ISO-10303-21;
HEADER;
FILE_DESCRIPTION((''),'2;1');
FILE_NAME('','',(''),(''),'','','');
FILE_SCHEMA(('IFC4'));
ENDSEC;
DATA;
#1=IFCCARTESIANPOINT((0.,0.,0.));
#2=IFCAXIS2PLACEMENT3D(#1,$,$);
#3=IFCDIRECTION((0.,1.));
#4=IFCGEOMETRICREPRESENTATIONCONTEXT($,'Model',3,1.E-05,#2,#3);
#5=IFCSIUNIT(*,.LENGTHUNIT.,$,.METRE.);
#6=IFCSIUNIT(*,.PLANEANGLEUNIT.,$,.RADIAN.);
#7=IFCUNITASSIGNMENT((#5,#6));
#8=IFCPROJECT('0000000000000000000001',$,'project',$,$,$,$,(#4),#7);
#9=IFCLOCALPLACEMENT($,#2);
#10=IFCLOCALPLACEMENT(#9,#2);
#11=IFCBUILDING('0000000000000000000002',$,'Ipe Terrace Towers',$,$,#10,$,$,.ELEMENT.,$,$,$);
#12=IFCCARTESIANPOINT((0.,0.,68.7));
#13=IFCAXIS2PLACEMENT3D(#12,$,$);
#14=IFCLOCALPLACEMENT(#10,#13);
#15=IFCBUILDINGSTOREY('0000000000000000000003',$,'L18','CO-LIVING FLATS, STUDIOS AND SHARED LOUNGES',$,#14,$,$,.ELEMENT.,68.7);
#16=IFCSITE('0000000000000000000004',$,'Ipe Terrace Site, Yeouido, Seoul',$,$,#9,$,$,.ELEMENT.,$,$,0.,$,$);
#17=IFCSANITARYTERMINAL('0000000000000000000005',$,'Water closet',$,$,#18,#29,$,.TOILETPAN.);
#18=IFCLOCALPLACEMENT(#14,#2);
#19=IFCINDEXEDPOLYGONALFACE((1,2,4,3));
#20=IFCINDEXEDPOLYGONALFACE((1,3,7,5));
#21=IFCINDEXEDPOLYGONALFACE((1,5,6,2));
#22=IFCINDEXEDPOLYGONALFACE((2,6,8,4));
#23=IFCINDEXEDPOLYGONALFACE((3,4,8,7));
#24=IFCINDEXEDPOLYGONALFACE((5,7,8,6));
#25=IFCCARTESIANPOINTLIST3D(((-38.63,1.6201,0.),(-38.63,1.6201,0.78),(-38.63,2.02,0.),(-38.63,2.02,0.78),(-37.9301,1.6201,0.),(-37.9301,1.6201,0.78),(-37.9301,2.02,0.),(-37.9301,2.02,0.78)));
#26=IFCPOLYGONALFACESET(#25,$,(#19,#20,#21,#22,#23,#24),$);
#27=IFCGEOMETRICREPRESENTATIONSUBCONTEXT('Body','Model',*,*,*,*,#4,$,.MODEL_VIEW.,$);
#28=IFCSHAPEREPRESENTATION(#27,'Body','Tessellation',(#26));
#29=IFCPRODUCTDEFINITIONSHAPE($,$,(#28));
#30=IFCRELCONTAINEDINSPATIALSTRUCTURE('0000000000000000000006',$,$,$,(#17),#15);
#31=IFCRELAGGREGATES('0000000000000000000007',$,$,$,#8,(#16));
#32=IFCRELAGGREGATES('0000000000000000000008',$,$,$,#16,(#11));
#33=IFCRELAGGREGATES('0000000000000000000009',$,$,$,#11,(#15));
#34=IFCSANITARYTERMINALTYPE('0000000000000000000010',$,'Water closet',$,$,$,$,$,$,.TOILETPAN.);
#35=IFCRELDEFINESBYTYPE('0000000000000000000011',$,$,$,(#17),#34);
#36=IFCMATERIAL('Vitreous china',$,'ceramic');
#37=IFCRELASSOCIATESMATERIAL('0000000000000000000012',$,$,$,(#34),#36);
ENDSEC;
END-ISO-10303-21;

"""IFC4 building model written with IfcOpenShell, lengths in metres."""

from ifc_helpers import new_model, si_unit, direction, frame, origin, origin_2d, place, context, subcontext, project, spatial, rectangle, extrude, material, type_object, element, save


model = new_model("IFC4")

# Units and contexts
model_context = context("Model", 3, precision=1e-05, world=origin(), true_north=direction((0.0, 1.0)))
body_context = subcontext(model_context, "Body", "Model", "MODEL_VIEW")
ifc_project = project(units=[si_unit("LENGTHUNIT", "METRE"), si_unit("PLANEANGLEUNIT", "RADIAN")], contexts=[model_context])

# Site, building, storey
site_placement = place(None, origin())
site = spatial("IfcSite", under=ifc_project, at=site_placement, Name="Ipe Terrace Site, Yeouido, Seoul", CompositionType="ELEMENT", RefElevation=0.0)
building_placement = place(site_placement, origin())
building = spatial("IfcBuilding", under=site, at=building_placement, Name="Ipe Terrace Towers", CompositionType="ELEMENT")
storey_placement = place(building_placement, frame((0.0, 0.0, 68.7)))
storey = spatial("IfcBuildingStorey", under=building, at=storey_placement, Name="L18", Description="CO-LIVING FLATS, STUDIOS AND SHARED LOUNGES", CompositionType="ELEMENT", Elevation=68.7)

# Sanitary terminal
ifc_material_1 = material(Name="Vitreous china", Category="ceramic")
sanitary_terminal_type_1 = type_object("IfcSanitaryTerminalType", Name="Water closet", PredefinedType="TOILETPAN", material=ifc_material_1)
sanitary_terminal_1_placement = place(storey_placement, frame((-38.28, 1.8201, 0.0), z_axis=(0.0, 0.0, 1.0), x_axis=(1.0, 0.0, 0.0)))
element("IfcSanitaryTerminal", 1, at=sanitary_terminal_1_placement, inside=storey, type_object=sanitary_terminal_type_1, Name="Water closet", PredefinedType="TOILETPAN", context=body_context, shape_type="SweptSolid", body=[
    extrude(rectangle(XDim=0.7, YDim=0.3999, at=origin_2d()), origin(), (0.0, 0.0, 1.0), 0.78),
])

save(model, "model.ifc")
